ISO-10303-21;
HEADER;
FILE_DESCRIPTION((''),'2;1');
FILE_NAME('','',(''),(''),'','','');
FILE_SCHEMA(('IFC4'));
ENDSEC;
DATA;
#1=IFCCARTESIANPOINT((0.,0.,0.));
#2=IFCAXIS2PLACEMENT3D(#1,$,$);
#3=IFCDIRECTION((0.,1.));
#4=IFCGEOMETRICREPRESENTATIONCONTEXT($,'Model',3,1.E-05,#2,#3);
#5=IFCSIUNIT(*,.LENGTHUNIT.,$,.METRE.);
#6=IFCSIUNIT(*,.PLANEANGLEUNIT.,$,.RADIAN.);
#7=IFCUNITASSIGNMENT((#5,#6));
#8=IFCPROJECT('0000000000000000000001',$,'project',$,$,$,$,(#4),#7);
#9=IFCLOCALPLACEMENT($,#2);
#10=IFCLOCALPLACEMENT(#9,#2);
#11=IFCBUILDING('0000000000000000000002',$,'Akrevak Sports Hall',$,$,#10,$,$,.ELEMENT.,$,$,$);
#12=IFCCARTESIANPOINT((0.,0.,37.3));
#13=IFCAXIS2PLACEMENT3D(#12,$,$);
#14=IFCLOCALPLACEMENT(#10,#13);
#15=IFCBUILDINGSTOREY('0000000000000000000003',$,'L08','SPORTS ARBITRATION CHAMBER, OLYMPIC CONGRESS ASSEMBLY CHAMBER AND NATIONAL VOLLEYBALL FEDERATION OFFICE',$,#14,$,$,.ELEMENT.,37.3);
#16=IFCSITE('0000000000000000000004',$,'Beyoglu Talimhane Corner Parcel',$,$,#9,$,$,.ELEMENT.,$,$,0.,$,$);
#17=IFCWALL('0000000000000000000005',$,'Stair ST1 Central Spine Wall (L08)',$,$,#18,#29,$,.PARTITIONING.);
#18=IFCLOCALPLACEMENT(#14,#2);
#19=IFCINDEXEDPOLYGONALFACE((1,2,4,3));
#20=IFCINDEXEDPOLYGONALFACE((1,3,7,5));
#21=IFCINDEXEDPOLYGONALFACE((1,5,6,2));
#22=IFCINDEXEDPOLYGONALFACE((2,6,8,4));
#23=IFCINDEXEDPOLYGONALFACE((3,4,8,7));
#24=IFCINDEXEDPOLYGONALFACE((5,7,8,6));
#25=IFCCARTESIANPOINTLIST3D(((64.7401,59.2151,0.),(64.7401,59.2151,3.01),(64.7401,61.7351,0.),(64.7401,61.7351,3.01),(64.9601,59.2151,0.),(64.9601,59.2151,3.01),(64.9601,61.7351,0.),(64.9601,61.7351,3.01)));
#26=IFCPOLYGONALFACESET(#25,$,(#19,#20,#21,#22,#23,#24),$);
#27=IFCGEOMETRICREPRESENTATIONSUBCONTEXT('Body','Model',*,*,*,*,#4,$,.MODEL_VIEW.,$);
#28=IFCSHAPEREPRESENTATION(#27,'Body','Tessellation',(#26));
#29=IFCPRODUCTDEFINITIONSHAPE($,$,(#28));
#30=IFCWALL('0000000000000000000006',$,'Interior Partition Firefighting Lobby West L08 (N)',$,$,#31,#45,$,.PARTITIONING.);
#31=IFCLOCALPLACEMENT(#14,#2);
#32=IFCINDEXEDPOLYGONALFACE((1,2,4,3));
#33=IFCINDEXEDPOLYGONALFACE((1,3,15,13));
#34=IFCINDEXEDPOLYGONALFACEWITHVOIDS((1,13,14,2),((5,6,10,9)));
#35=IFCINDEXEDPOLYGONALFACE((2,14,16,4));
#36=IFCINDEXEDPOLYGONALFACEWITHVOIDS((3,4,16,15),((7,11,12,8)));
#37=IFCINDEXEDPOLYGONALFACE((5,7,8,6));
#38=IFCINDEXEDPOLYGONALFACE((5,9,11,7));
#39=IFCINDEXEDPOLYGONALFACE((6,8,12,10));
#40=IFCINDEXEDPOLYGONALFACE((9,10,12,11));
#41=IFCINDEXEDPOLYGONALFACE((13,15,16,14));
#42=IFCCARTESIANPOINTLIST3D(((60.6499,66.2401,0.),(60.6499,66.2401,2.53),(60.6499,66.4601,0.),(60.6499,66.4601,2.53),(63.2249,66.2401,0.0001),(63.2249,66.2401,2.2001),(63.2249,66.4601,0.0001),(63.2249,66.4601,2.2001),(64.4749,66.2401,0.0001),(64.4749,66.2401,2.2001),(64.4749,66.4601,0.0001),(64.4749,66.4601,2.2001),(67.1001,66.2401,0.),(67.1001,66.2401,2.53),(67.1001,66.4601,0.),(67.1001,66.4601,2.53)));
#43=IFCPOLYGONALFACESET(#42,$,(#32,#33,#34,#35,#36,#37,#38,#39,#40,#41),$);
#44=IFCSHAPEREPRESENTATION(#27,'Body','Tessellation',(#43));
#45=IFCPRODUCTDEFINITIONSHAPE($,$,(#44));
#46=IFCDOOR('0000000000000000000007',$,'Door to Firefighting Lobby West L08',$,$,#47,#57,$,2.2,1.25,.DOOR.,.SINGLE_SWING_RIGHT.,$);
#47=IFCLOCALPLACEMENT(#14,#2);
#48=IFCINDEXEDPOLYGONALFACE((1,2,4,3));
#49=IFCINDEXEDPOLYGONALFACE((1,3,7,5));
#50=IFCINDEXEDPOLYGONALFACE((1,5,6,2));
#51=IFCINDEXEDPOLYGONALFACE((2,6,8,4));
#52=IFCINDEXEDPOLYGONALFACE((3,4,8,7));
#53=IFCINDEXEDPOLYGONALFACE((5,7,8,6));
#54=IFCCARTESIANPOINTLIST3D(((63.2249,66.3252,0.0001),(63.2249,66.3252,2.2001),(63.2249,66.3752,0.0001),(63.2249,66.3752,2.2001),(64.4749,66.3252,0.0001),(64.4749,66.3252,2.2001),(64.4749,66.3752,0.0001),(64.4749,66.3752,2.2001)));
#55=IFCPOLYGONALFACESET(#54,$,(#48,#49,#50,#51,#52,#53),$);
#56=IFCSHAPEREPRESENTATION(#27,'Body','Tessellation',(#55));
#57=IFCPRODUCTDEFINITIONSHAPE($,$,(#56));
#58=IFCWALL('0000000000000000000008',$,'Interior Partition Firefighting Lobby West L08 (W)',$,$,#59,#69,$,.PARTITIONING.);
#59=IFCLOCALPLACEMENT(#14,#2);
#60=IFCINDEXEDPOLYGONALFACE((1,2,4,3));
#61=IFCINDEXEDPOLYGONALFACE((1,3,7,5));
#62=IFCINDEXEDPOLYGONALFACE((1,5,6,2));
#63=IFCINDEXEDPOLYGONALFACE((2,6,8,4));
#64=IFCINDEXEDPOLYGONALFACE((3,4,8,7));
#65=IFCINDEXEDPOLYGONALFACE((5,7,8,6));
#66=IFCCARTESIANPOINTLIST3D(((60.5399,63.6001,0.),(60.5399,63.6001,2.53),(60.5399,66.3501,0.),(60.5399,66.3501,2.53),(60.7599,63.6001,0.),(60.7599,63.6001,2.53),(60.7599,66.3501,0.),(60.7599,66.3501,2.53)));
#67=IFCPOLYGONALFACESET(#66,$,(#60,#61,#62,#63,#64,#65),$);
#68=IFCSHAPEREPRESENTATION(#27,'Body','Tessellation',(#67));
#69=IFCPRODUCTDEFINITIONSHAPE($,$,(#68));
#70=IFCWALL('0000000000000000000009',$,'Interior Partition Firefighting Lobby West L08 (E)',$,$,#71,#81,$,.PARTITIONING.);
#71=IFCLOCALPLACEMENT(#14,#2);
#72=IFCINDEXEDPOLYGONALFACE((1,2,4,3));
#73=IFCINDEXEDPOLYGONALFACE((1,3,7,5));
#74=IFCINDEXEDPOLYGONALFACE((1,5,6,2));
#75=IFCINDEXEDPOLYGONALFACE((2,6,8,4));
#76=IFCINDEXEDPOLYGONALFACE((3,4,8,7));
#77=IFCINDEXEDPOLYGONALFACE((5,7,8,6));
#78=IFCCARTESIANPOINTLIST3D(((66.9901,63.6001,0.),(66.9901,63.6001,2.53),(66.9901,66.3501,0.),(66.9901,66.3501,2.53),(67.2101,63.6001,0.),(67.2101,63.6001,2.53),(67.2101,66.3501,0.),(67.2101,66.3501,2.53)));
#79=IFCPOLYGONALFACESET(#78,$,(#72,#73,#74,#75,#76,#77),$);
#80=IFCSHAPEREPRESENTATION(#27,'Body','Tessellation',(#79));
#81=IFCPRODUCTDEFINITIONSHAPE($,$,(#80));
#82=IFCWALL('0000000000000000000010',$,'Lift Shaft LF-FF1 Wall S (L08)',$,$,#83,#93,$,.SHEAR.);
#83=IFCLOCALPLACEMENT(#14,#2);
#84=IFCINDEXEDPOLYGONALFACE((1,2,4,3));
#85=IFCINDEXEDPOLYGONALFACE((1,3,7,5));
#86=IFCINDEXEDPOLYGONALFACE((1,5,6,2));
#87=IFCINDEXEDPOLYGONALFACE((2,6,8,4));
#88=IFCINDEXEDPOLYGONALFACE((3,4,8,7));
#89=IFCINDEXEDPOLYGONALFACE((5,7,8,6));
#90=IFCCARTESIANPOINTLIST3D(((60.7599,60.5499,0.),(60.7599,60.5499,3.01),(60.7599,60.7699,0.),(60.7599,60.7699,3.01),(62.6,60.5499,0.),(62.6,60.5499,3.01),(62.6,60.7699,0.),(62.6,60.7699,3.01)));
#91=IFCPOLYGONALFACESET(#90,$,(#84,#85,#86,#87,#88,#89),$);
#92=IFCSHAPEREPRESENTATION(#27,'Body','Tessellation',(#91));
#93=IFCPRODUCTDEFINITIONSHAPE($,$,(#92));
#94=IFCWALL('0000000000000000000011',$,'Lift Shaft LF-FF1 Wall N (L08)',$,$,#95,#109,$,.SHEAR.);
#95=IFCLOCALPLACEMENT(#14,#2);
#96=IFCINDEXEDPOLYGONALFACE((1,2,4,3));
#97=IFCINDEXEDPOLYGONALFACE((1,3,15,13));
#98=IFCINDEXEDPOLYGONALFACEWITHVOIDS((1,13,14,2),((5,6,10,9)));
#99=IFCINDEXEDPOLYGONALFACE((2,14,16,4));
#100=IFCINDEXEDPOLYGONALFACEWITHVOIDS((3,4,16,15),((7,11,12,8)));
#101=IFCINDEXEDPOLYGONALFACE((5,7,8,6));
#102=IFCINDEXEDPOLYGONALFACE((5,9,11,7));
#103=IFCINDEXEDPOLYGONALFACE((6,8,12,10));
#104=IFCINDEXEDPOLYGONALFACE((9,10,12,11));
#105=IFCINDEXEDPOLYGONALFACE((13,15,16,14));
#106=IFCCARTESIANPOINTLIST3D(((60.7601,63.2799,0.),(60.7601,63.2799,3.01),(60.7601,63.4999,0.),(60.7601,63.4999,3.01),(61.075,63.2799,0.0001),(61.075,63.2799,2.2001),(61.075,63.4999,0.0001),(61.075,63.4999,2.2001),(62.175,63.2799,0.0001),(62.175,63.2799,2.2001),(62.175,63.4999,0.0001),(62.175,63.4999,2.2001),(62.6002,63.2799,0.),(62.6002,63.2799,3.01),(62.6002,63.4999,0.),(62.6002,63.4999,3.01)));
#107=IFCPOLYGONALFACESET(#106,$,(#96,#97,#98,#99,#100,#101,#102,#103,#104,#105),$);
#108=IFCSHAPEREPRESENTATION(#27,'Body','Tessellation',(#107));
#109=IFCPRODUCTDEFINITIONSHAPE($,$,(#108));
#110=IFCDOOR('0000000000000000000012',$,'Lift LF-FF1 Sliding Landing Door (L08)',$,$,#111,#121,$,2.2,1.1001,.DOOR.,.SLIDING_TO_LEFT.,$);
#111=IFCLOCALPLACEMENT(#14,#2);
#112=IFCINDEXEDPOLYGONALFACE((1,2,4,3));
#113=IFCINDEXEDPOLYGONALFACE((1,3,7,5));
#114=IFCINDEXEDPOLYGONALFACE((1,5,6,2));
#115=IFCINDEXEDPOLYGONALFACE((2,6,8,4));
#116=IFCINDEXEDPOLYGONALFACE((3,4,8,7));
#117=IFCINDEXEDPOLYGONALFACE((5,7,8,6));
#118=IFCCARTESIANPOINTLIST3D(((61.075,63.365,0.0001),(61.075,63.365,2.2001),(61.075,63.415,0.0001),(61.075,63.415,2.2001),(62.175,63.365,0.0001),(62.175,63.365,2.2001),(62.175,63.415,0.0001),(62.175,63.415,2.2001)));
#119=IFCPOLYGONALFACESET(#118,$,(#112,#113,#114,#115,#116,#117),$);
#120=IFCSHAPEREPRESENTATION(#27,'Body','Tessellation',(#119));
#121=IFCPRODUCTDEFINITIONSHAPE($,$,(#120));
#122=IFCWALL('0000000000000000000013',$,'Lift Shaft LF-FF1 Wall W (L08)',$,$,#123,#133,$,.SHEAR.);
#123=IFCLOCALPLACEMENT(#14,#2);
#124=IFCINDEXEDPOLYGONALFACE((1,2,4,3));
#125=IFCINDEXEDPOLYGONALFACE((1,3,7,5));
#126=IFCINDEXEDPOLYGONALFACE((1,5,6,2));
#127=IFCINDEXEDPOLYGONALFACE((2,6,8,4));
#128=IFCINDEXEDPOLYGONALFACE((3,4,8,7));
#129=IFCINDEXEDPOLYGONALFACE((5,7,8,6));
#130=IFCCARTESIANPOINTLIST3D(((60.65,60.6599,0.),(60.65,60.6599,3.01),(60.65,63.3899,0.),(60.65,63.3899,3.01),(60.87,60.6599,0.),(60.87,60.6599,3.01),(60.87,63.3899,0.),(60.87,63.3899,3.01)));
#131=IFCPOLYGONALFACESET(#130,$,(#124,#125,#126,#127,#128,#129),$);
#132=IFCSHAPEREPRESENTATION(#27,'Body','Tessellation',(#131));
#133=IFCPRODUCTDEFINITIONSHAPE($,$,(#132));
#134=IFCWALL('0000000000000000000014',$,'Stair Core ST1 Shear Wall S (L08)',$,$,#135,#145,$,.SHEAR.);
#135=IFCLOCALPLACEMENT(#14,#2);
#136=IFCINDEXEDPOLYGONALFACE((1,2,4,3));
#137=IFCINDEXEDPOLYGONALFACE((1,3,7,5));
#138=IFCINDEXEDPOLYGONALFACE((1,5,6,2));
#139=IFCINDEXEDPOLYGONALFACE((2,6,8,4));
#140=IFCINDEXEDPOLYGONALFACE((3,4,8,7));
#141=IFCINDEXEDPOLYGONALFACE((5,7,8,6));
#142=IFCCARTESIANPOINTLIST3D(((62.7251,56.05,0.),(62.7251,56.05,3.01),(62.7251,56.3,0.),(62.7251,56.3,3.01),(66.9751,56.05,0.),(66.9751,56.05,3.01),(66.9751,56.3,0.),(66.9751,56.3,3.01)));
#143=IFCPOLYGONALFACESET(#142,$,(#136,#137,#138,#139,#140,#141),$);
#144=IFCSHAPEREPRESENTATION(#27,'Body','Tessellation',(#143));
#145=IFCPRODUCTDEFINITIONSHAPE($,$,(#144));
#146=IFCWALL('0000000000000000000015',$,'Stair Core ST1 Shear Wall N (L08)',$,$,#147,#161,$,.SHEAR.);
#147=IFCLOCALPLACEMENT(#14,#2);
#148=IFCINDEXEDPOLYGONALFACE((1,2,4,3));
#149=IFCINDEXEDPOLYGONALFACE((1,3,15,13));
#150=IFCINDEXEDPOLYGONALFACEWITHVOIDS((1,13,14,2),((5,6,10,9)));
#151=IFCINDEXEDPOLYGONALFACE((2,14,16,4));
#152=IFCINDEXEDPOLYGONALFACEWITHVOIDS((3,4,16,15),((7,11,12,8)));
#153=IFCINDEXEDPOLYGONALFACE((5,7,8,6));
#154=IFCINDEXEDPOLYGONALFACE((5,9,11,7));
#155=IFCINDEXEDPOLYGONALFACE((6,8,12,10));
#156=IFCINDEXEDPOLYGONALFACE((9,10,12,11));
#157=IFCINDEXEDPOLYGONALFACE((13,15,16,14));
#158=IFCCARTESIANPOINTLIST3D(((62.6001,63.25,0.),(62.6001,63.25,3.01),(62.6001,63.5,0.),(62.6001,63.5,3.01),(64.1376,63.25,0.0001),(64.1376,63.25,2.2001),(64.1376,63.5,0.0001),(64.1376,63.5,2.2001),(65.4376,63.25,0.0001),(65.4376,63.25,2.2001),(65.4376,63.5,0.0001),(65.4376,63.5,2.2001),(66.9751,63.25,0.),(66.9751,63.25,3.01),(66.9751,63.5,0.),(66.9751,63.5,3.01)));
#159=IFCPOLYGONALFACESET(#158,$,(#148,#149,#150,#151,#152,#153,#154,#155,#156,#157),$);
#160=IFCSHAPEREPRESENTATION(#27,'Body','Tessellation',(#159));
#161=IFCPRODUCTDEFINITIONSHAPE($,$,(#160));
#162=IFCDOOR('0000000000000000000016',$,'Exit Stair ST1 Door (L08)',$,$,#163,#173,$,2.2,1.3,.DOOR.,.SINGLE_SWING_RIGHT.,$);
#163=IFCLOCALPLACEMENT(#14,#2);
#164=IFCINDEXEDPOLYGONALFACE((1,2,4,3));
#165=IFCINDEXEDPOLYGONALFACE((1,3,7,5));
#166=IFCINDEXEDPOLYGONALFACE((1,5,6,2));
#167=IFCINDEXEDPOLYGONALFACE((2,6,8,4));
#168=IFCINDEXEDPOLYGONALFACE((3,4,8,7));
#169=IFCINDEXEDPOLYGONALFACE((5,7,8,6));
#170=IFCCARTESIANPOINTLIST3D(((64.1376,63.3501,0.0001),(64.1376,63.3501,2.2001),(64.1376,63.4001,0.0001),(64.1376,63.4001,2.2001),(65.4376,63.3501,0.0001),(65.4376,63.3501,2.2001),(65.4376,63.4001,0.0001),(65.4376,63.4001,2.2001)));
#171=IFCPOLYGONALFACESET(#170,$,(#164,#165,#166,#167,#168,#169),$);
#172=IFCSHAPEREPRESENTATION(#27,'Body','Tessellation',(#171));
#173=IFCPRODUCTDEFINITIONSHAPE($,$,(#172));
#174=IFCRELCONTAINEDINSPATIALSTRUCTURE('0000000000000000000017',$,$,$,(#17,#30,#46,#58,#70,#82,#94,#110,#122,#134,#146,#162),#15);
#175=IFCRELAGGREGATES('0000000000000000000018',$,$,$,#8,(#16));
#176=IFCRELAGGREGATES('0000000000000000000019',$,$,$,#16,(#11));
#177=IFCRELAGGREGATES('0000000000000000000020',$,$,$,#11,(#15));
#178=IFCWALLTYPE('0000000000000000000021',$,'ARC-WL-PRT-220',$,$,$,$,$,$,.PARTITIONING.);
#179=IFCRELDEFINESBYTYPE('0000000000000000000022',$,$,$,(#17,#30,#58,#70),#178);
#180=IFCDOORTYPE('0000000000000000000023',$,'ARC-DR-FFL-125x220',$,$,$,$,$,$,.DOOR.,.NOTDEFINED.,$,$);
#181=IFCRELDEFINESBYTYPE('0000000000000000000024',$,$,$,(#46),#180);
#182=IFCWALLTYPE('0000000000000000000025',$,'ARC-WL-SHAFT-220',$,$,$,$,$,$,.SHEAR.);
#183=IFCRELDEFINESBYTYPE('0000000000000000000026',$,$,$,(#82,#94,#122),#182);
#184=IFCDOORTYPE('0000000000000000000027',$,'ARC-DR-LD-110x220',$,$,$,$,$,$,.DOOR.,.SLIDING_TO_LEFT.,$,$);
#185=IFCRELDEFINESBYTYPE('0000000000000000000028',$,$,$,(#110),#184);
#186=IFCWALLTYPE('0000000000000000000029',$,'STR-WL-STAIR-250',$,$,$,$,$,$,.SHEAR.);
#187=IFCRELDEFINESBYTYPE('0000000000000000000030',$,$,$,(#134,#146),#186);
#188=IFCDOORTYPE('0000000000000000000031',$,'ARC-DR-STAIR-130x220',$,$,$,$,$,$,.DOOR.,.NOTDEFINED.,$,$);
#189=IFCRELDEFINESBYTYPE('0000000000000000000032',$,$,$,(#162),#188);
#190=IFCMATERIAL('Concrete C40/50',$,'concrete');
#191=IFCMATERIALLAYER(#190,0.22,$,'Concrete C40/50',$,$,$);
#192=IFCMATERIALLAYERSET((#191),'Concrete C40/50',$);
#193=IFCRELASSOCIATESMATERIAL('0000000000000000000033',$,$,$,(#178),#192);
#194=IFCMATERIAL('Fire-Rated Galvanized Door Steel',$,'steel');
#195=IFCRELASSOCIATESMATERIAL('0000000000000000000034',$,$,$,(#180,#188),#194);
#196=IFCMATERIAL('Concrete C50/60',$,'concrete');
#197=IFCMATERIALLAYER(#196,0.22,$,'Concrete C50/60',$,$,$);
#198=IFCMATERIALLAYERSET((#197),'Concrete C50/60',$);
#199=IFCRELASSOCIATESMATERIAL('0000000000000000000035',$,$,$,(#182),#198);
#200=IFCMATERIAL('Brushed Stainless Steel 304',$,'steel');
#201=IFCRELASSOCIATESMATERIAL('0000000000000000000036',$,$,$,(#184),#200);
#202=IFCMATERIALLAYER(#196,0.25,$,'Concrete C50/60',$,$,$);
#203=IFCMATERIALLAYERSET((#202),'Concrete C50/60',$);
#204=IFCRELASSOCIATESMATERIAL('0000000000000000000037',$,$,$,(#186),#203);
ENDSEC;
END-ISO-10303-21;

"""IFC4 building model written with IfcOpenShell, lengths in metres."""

from ifc_helpers import new_model, si_unit, direction, frame, frame_2d, origin, place, context, subcontext, project, spatial, rectangle, extrude, material, layer, layer_set, type_object, element, fill, save


model = new_model("IFC4")

# Units and contexts
model_context = context("Model", 3, precision=1e-05, world=origin(), true_north=direction((0.0, 1.0)))
body_context = subcontext(model_context, "Body", "Model", "MODEL_VIEW")
ifc_project = project(units=[si_unit("LENGTHUNIT", "METRE"), si_unit("PLANEANGLEUNIT", "RADIAN")], contexts=[model_context])

# Site, building, storey
site_placement = place(None, origin())
site = spatial("IfcSite", under=ifc_project, at=site_placement, Name="Beyoglu Talimhane Corner Parcel", CompositionType="ELEMENT", RefElevation=0.0)
building_placement = place(site_placement, origin())
building = spatial("IfcBuilding", under=site, at=building_placement, Name="Akrevak Sports Hall", CompositionType="ELEMENT")
storey_placement = place(building_placement, frame((0.0, 0.0, 37.3)))
storey = spatial("IfcBuildingStorey", under=building, at=storey_placement, Name="L08", Description="SPORTS ARBITRATION CHAMBER, OLYMPIC CONGRESS ASSEMBLY CHAMBER AND NATIONAL VOLLEYBALL FEDERATION OFFICE", CompositionType="ELEMENT", Elevation=37.3)

# Shared definitions
ifc_material_1 = material(Name="Concrete C40/50", Category="concrete")

# Wall
ifc_layer_1 = layer(ifc_material_1, 0.22, Name="Concrete C40/50")
ifc_layer_set_1 = layer_set([ifc_layer_1], Name="Concrete C40/50")
wall_type_1 = type_object("IfcWallType", Name="ARC-WL-PRT-220", PredefinedType="PARTITIONING", material=ifc_layer_set_1)
wall_1_placement = place(storey_placement, frame((64.8501, 59.2151, 0.0), z_axis=(0.0, 0.0, 1.0), x_axis=(0.0, 1.0, 0.0)))
element("IfcWall", 1, at=wall_1_placement, inside=storey, type_object=wall_type_1, Name="Stair ST1 Central Spine Wall (L08)", PredefinedType="PARTITIONING", context=body_context, shape_type="SweptSolid", body=[
    extrude(rectangle(XDim=2.52, YDim=0.22, at=frame_2d((1.26, 0.0))), origin(), (0.0, 0.0, 1.0), 3.01),
])

# Wall, opening, door
wall_2_placement = place(storey_placement, frame((60.6499, 66.3501, 0.0), z_axis=(0.0, 0.0, 1.0), x_axis=(1.0, 0.0, 0.0)))
wall_2 = element("IfcWall", 2, at=wall_2_placement, inside=storey, type_object=wall_type_1, Name="Interior Partition Firefighting Lobby West L08 (N)", PredefinedType="PARTITIONING", context=body_context, shape_type="SweptSolid", body=[
    extrude(rectangle(XDim=6.4502, YDim=0.22, at=frame_2d((3.2251, 0.0))), origin(), (0.0, 0.0, 1.0), 2.53),
])
opening_1_placement = place(wall_2_placement, frame((2.575, 0.0, 0.0)))
opening_1 = element("IfcOpeningElement", 3, at=opening_1_placement, cuts=wall_2, PredefinedType="OPENING", context=body_context, shape_type="SweptSolid", body=[
    extrude(rectangle(XDim=1.25, YDim=2.2, at=frame_2d((0.625, 1.1001))), frame((0.0, 0.1221, 0.0), z_axis=(0.0, -1.0, 0.0), x_axis=(1.0, 0.0, 0.0)), (0.0, 0.0, 1.0), 0.2439),
])
ifc_material_2 = material(Name="Fire-Rated Galvanized Door Steel", Category="steel")
door_type_1 = type_object("IfcDoorType", Name="ARC-DR-FFL-125x220", OperationType="NOTDEFINED", PredefinedType="DOOR", material=ifc_material_2)
door_1_placement = place(opening_1_placement, frame((1.25, 0.0, 0.0), z_axis=(0.0, 0.0, 1.0), x_axis=(-1.0, 0.0, 0.0)))
door_1 = element("IfcDoor", 4, at=door_1_placement, inside=storey, type_object=door_type_1, Name="Door to Firefighting Lobby West L08", OperationType="SINGLE_SWING_RIGHT", OverallHeight=2.2, OverallWidth=1.25, PredefinedType="DOOR", context=body_context, shape_type="SweptSolid", body=[
    extrude(rectangle(XDim=1.25, YDim=2.2, at=frame_2d((0.625, 1.1001))), frame((0.0, 0.0249, 0.0), z_axis=(0.0, -1.0, 0.0), x_axis=(1.0, 0.0, 0.0)), (0.0, 0.0, 1.0), 0.05),
])
fill(opening_1, door_1)

# Walls
for number, where, z_axis, x_axis, name in (
    (5, (60.6499, 63.6001, 0.0), (0.0, 0.0, 1.0), (0.0, 1.0, 0.0), "Interior Partition Firefighting Lobby West L08 (W)"),
    (6, (67.1001, 63.6001, 0.0), (0.0, 0.0, 1.0), (0.0, 1.0, 0.0), "Interior Partition Firefighting Lobby West L08 (E)"),
):
    element("IfcWall", number, at=place(storey_placement, frame(where, z_axis=z_axis, x_axis=x_axis)), inside=storey, type_object=wall_type_1, Name=name, PredefinedType="PARTITIONING", context=body_context, shape_type="SweptSolid", body=[
        extrude(rectangle(XDim=2.75, YDim=0.22, at=frame_2d((1.375, 0.0))), origin(), (0.0, 0.0, 1.0), 2.53),
    ])
ifc_material_3 = material(Name="Concrete C50/60", Category="concrete")
ifc_layer_2 = layer(ifc_material_3, 0.22, Name="Concrete C50/60")
ifc_layer_set_2 = layer_set([ifc_layer_2], Name="Concrete C50/60")
wall_type_2 = type_object("IfcWallType", Name="ARC-WL-SHAFT-220", PredefinedType="SHEAR", material=ifc_layer_set_2)
wall_3_placement = place(storey_placement, frame((60.76, 60.6599, 0.0), z_axis=(0.0, 0.0, 1.0), x_axis=(1.0, 0.0, 0.0)))
element("IfcWall", 7, at=wall_3_placement, inside=storey, type_object=wall_type_2, Name="Lift Shaft LF-FF1 Wall S (L08)", PredefinedType="SHEAR", context=body_context, shape_type="SweptSolid", body=[
    extrude(rectangle(XDim=1.8401, YDim=0.22, at=frame_2d((0.9199, 0.0))), origin(), (0.0, 0.0, 1.0), 3.01),
])

# Wall, opening, door
wall_4_placement = place(storey_placement, frame((62.6001, 63.3899, 0.0), z_axis=(0.0, 0.0, 1.0), x_axis=(-1.0, 0.0, 0.0)))
wall_4 = element("IfcWall", 8, at=wall_4_placement, inside=storey, type_object=wall_type_2, Name="Lift Shaft LF-FF1 Wall N (L08)", PredefinedType="SHEAR", context=body_context, shape_type="SweptSolid", body=[
    extrude(rectangle(XDim=1.8401, YDim=0.22, at=frame_2d((0.9199, 0.0))), origin(), (0.0, 0.0, 1.0), 3.01),
])
opening_2_placement = place(wall_4_placement, frame((0.425, 0.0, 0.0)))
opening_2 = element("IfcOpeningElement", 9, at=opening_2_placement, cuts=wall_4, PredefinedType="OPENING", context=body_context, shape_type="SweptSolid", body=[
    extrude(rectangle(XDim=1.1001, YDim=2.2, at=frame_2d((0.55, 1.1001))), frame((0.0, 0.1221, 0.0), z_axis=(0.0, -1.0, 0.0), x_axis=(1.0, 0.0, 0.0)), (0.0, 0.0, 1.0), 0.2439),
])
ifc_material_4 = material(Name="Brushed Stainless Steel 304", Category="steel")
door_type_2 = type_object("IfcDoorType", Name="ARC-DR-LD-110x220", OperationType="SLIDING_TO_LEFT", PredefinedType="DOOR", material=ifc_material_4)
door_2_placement = place(opening_2_placement, origin())
door_2 = element("IfcDoor", 10, at=door_2_placement, inside=storey, type_object=door_type_2, Name="Lift LF-FF1 Sliding Landing Door (L08)", OperationType="SLIDING_TO_LEFT", OverallHeight=2.2, OverallWidth=1.1001, PredefinedType="DOOR", context=body_context, shape_type="SweptSolid", body=[
    extrude(rectangle(XDim=1.1001, YDim=2.2, at=frame_2d((0.55, 1.1001))), frame((0.0, 0.0249, 0.0), z_axis=(0.0, -1.0, 0.0), x_axis=(1.0, 0.0, 0.0)), (0.0, 0.0, 1.0), 0.05),
])
fill(opening_2, door_2)

# Walls
wall_5_placement = place(storey_placement, frame((60.76, 63.3899, 0.0), z_axis=(0.0, 0.0, 1.0), x_axis=(0.0, -1.0, 0.0)))
element("IfcWall", 11, at=wall_5_placement, inside=storey, type_object=wall_type_2, Name="Lift Shaft LF-FF1 Wall W (L08)", PredefinedType="SHEAR", context=body_context, shape_type="SweptSolid", body=[
    extrude(rectangle(XDim=2.73, YDim=0.22, at=frame_2d((1.365, 0.0))), origin(), (0.0, 0.0, 1.0), 3.01),
])
ifc_layer_3 = layer(ifc_material_3, 0.25, Name="Concrete C50/60")
ifc_layer_set_3 = layer_set([ifc_layer_3], Name="Concrete C50/60")
wall_type_3 = type_object("IfcWallType", Name="STR-WL-STAIR-250", PredefinedType="SHEAR", material=ifc_layer_set_3)
wall_6_placement = place(storey_placement, frame((62.7251, 56.175, 0.0), z_axis=(0.0, 0.0, 1.0), x_axis=(1.0, 0.0, 0.0)))
element("IfcWall", 12, at=wall_6_placement, inside=storey, type_object=wall_type_3, Name="Stair Core ST1 Shear Wall S (L08)", PredefinedType="SHEAR", context=body_context, shape_type="SweptSolid", body=[
    extrude(rectangle(XDim=4.25, YDim=0.25, at=frame_2d((2.125, 0.0))), origin(), (0.0, 0.0, 1.0), 3.01),
])

# Wall, opening, door
wall_7_placement = place(storey_placement, frame((66.9751, 63.375, 0.0), z_axis=(0.0, 0.0, 1.0), x_axis=(-1.0, 0.0, 0.0)))
wall_7 = element("IfcWall", 13, at=wall_7_placement, inside=storey, type_object=wall_type_3, Name="Stair Core ST1 Shear Wall N (L08)", PredefinedType="SHEAR", context=body_context, shape_type="SweptSolid", body=[
    extrude(rectangle(XDim=4.375, YDim=0.25, at=frame_2d((2.1875, 0.0))), origin(), (0.0, 0.0, 1.0), 3.01),
])
opening_3_placement = place(wall_7_placement, frame((1.5376, 0.0, 0.0)))
opening_3 = element("IfcOpeningElement", 14, at=opening_3_placement, cuts=wall_7, PredefinedType="OPENING", context=body_context, shape_type="SweptSolid", body=[
    extrude(rectangle(XDim=1.3, YDim=2.2, at=frame_2d((0.6499, 1.1001))), frame((0.0, 0.137, 0.0), z_axis=(0.0, -1.0, 0.0), x_axis=(1.0, 0.0, 0.0)), (0.0, 0.0, 1.0), 0.2739),
])
door_type_3 = type_object("IfcDoorType", Name="ARC-DR-STAIR-130x220", OperationType="NOTDEFINED", PredefinedType="DOOR", material=ifc_material_2)
door_3_placement = place(opening_3_placement, origin())
door_3 = element("IfcDoor", 15, at=door_3_placement, inside=storey, type_object=door_type_3, Name="Exit Stair ST1 Door (L08)", OperationType="SINGLE_SWING_RIGHT", OverallHeight=2.2, OverallWidth=1.3, PredefinedType="DOOR", context=body_context, shape_type="SweptSolid", body=[
    extrude(rectangle(XDim=1.3, YDim=2.2, at=frame_2d((0.6499, 1.1001))), frame((0.0, 0.0249, 0.0), z_axis=(0.0, -1.0, 0.0), x_axis=(1.0, 0.0, 0.0)), (0.0, 0.0, 1.0), 0.05),
])
fill(opening_3, door_3)

save(model, "model.ifc")
